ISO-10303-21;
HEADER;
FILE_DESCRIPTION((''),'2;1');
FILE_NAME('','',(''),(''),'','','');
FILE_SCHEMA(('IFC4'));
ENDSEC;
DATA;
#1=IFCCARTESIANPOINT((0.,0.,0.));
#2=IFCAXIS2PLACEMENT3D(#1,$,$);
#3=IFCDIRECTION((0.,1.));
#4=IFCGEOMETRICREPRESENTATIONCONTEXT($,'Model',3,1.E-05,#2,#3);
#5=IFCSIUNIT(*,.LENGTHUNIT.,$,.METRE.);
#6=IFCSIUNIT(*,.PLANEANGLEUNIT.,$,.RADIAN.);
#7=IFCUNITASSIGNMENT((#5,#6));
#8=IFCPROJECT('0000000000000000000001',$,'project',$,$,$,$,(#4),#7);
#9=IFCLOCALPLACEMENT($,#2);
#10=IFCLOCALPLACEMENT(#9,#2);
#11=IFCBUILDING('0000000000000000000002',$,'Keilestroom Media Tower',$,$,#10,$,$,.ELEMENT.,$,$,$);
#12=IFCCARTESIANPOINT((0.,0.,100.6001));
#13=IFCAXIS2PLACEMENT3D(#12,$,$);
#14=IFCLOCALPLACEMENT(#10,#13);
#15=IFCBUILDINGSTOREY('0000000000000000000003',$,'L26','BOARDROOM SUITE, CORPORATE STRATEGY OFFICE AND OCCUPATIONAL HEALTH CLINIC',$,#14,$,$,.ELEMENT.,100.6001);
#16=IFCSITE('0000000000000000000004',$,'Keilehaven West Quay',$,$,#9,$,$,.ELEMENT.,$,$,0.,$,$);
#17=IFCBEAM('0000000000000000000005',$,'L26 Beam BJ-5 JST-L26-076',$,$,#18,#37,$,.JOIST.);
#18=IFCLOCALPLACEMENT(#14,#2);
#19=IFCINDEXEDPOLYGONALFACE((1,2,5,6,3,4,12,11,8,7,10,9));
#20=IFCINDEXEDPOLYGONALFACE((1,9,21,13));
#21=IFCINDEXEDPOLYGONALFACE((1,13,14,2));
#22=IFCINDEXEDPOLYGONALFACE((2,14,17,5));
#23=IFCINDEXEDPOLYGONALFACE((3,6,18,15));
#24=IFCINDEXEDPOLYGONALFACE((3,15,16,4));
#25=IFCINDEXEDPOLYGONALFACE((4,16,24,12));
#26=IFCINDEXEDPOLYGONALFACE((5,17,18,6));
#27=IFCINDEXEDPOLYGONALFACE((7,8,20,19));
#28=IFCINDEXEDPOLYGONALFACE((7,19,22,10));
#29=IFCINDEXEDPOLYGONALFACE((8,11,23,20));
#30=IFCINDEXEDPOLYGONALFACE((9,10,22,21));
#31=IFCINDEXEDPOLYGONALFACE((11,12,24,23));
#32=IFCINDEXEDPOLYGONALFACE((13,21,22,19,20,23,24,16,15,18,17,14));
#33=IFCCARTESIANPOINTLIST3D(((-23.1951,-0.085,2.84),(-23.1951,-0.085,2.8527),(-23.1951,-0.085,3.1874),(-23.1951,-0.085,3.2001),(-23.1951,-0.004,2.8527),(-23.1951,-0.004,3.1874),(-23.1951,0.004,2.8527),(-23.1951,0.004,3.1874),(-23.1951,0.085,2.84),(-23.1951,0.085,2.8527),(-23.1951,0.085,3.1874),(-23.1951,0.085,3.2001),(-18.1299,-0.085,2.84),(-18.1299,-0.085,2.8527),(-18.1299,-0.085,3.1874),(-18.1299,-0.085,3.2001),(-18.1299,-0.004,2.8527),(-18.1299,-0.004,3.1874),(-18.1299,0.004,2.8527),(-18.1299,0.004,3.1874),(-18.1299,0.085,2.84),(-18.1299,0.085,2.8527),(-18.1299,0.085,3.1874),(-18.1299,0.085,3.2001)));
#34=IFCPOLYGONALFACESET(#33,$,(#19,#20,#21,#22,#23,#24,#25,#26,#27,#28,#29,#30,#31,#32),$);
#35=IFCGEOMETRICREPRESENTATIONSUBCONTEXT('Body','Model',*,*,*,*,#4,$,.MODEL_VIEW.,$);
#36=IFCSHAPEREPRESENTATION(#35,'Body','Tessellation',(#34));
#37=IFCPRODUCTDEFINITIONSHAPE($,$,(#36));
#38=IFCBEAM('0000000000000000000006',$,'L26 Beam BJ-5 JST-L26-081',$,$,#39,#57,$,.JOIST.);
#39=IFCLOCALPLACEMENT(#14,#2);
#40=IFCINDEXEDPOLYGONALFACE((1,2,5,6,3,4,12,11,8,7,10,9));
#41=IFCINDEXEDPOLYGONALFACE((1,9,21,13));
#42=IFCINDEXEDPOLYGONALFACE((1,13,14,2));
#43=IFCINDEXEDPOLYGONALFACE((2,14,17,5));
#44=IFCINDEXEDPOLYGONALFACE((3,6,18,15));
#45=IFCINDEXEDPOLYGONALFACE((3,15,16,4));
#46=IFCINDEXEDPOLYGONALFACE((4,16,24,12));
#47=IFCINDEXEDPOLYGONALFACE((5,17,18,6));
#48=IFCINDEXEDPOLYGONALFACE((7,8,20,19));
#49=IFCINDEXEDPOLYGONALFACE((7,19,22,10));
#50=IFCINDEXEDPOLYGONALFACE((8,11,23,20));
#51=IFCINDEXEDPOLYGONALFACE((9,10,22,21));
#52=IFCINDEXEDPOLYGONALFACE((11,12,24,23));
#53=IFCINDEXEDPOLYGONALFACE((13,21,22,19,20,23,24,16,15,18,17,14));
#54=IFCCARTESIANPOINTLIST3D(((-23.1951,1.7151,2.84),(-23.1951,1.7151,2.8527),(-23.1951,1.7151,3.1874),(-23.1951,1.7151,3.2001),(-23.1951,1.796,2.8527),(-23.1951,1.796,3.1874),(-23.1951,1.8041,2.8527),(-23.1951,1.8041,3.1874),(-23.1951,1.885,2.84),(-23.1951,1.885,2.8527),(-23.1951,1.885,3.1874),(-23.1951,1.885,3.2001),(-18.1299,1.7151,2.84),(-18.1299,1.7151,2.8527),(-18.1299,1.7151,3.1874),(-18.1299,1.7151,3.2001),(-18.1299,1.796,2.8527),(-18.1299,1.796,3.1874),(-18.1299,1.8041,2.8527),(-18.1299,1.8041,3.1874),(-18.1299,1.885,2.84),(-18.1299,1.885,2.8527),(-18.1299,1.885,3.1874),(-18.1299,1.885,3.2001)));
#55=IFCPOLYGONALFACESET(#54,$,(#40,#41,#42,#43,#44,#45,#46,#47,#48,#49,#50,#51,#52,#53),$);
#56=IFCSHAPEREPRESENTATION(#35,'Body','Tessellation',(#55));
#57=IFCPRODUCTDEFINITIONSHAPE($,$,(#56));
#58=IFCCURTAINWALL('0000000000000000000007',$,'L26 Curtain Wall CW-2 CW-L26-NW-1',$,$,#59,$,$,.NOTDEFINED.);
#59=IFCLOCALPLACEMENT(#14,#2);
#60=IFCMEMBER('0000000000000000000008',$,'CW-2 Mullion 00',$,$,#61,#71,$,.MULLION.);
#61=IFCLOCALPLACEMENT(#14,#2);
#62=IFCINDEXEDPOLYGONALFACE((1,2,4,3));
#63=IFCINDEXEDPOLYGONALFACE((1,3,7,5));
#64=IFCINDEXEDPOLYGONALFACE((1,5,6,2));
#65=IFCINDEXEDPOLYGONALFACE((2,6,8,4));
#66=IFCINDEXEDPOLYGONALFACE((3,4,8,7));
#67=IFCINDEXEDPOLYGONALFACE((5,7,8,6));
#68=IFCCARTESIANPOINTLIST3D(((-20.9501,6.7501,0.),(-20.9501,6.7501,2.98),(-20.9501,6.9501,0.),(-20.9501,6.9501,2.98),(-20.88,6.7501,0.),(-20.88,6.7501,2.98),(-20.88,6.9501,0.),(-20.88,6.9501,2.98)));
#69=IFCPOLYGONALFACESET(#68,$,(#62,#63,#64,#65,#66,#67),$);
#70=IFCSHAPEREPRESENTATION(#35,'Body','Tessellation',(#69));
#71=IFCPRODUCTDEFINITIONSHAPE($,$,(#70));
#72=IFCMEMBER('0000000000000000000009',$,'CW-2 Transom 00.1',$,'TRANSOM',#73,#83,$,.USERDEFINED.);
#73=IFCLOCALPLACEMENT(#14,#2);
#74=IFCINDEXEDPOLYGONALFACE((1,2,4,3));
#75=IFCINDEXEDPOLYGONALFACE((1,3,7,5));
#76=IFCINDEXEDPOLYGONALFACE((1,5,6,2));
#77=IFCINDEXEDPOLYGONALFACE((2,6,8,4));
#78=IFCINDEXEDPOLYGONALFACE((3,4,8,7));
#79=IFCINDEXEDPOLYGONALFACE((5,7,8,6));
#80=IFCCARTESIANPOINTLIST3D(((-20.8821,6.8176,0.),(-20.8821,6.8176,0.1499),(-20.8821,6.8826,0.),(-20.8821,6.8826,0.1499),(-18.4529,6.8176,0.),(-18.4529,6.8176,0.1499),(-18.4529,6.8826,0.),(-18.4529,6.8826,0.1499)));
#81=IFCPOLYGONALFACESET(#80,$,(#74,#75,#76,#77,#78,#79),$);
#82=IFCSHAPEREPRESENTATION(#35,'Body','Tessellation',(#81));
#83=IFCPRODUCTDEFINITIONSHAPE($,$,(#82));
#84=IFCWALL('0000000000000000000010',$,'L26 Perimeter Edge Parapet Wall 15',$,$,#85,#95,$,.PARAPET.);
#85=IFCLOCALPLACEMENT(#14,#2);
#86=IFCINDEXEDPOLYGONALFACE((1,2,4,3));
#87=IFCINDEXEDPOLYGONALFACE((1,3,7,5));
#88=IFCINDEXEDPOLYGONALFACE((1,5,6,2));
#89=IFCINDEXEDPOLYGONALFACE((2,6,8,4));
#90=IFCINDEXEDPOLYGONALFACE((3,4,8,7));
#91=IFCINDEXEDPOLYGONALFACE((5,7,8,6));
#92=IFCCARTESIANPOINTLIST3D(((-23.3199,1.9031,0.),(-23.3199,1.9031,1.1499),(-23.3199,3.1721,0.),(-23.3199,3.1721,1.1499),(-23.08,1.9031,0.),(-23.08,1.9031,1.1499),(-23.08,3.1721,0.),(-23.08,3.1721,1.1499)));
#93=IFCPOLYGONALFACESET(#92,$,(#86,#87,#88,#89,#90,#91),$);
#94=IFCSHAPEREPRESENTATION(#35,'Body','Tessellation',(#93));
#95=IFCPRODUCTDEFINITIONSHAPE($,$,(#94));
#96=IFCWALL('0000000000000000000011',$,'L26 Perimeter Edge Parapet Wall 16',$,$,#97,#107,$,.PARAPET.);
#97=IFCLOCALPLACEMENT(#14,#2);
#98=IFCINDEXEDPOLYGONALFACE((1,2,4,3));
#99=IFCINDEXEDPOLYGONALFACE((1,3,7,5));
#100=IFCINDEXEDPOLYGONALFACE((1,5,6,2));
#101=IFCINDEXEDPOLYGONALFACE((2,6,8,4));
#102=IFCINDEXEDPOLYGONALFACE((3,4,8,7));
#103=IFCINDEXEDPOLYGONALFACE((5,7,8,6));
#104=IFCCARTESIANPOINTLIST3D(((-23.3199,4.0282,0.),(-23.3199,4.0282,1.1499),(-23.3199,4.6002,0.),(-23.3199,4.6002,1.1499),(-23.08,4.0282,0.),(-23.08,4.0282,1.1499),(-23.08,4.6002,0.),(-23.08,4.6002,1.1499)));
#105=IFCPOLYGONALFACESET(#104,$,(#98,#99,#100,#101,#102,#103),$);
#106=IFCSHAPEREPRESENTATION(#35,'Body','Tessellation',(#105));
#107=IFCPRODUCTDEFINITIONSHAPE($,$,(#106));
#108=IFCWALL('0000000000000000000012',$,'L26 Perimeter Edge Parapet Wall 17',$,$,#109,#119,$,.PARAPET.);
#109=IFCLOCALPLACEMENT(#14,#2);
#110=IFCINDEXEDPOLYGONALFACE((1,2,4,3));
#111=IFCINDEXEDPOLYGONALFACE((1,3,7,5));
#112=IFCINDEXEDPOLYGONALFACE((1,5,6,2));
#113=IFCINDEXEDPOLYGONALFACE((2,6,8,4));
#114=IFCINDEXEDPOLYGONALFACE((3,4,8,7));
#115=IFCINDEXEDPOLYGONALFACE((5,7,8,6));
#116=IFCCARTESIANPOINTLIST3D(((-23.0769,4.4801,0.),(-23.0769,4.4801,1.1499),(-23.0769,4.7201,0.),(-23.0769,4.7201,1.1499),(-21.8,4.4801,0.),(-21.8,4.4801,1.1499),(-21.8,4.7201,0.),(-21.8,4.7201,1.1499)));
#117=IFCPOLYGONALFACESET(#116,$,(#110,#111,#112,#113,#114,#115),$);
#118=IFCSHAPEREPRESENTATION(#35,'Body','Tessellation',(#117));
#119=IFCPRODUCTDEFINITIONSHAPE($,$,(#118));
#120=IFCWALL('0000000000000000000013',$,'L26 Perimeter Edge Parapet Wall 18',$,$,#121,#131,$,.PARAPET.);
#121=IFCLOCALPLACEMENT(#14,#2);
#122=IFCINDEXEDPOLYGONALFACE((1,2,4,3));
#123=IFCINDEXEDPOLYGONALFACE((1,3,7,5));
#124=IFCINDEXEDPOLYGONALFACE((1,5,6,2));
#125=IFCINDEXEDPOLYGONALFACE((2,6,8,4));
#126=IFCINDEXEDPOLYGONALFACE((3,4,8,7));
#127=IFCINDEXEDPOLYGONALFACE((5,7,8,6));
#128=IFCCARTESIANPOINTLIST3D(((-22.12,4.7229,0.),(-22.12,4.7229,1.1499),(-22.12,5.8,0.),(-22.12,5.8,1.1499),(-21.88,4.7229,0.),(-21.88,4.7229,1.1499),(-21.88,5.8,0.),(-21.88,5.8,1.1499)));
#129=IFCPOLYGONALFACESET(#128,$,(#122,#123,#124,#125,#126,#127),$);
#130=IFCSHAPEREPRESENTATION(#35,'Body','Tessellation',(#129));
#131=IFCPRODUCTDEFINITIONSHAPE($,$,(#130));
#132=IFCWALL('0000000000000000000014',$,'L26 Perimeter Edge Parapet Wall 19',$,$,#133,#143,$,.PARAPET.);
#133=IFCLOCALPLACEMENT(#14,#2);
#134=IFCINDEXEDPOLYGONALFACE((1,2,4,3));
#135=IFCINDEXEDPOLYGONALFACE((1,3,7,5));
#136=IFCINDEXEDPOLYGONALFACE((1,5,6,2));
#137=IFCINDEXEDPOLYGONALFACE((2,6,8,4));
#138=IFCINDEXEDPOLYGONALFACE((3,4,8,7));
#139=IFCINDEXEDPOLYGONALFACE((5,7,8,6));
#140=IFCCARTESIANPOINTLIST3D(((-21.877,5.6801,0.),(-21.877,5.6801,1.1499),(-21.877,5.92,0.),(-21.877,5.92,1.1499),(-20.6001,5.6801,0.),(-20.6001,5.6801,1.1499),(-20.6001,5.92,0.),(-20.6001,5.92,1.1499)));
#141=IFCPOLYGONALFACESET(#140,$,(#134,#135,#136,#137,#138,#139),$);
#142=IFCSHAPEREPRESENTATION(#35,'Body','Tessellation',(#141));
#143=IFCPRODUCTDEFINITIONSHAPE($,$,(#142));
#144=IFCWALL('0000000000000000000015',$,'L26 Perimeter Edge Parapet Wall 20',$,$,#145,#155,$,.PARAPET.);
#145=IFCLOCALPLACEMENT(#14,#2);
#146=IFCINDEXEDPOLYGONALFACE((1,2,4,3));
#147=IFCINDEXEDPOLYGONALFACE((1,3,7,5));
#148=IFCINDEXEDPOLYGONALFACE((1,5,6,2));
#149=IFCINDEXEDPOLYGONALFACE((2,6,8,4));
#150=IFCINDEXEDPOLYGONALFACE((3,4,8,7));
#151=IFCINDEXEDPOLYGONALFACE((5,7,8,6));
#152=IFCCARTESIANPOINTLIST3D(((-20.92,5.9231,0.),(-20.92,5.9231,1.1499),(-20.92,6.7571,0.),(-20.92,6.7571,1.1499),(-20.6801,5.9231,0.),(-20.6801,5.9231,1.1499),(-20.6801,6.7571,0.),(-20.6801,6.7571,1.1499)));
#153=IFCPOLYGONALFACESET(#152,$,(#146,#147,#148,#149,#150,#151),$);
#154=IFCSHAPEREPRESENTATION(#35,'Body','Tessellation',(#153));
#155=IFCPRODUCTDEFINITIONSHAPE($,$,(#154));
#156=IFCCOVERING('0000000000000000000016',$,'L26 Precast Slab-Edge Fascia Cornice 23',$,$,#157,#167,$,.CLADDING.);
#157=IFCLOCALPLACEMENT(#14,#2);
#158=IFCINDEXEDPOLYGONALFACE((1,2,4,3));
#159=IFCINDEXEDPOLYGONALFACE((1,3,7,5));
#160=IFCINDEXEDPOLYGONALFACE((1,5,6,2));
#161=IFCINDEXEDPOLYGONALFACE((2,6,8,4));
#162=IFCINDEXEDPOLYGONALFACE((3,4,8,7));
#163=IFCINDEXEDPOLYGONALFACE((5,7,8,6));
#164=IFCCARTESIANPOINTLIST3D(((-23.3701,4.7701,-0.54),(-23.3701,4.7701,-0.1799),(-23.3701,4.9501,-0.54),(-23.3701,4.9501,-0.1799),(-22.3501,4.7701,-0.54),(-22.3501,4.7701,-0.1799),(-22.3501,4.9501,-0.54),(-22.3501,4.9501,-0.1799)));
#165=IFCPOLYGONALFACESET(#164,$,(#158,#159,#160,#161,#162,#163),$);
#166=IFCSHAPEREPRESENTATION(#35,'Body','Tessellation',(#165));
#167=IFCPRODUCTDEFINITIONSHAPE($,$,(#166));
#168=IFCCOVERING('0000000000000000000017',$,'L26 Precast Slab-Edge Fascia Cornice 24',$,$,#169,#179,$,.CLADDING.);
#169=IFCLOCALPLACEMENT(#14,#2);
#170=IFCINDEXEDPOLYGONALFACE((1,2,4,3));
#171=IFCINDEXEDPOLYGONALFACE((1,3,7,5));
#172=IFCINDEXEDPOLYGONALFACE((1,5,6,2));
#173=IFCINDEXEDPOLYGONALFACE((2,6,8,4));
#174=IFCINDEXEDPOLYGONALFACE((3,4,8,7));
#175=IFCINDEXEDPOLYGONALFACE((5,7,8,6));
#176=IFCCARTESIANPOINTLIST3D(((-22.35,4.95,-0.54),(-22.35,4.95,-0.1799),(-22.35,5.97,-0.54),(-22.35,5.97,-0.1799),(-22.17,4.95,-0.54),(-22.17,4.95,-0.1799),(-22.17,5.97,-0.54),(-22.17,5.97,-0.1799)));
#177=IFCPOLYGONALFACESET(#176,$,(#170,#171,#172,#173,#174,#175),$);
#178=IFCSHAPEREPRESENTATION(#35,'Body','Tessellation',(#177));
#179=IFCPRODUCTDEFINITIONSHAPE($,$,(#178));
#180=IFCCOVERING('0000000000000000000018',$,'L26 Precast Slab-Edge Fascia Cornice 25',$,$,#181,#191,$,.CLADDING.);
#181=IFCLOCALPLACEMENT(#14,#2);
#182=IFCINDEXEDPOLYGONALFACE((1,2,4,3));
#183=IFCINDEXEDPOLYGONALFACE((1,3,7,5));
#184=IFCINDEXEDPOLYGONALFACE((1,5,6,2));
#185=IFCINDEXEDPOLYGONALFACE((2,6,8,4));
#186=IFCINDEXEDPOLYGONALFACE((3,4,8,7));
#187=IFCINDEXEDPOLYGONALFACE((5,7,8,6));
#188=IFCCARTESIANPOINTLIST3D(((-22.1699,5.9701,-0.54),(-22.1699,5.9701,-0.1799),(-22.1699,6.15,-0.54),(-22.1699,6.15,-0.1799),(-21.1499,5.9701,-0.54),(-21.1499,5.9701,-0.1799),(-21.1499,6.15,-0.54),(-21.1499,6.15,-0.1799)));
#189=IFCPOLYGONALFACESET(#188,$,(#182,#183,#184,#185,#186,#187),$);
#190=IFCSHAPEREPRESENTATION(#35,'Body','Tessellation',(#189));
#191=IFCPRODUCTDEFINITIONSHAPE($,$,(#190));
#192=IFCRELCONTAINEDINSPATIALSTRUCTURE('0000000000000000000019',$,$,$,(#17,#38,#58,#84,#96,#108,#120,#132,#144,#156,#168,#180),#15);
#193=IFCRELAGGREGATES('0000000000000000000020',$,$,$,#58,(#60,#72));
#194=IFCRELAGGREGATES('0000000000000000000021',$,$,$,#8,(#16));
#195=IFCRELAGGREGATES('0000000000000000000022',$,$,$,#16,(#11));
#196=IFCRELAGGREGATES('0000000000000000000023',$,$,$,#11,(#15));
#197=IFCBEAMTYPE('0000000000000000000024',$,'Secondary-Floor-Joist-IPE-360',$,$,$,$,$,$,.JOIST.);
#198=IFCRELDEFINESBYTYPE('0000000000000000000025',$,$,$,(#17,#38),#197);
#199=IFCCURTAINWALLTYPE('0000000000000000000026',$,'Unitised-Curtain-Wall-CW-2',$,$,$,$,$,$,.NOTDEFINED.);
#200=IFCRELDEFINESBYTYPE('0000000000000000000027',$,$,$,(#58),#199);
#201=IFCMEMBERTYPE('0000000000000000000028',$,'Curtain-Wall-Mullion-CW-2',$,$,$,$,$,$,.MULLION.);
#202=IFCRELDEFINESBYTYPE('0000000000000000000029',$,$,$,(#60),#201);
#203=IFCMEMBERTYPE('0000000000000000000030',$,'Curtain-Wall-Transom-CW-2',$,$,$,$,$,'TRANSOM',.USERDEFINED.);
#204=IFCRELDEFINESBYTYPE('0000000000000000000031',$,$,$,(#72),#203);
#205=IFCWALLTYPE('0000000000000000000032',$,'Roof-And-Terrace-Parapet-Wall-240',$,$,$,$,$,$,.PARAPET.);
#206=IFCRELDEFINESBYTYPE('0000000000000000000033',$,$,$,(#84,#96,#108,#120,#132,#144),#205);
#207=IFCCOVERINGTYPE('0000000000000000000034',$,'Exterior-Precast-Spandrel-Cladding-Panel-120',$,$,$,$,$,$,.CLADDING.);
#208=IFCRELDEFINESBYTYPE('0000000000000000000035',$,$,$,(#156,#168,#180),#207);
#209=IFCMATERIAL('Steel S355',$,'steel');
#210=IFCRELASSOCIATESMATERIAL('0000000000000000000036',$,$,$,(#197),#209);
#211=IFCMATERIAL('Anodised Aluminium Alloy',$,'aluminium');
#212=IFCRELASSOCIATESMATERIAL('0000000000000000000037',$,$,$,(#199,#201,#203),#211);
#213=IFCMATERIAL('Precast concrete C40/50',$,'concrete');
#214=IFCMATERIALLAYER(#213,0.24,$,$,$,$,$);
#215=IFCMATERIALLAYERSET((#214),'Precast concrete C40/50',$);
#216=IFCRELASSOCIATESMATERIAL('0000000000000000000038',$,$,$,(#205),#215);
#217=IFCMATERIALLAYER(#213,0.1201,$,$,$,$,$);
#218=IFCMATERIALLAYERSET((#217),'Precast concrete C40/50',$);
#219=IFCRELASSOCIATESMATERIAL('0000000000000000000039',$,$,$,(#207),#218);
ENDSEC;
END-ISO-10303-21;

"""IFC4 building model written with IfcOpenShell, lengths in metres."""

from ifc_helpers import new_model, si_unit, direction, frame, frame_2d, origin, origin_2d, place, context, subcontext, project, spatial, rectangle, i_section, extrude, source, transform, mapped, material, layer, layer_set, material_profile, profile_set, type_object, element, aggregate, save


model = new_model("IFC4")

# Units and contexts
model_context = context("Model", 3, precision=1e-05, world=origin(), true_north=direction((0.0, 1.0)))
body_context = subcontext(model_context, "Body", "Model", "MODEL_VIEW")
ifc_project = project(units=[si_unit("LENGTHUNIT", "METRE"), si_unit("PLANEANGLEUNIT", "RADIAN")], contexts=[model_context])

# Site, building, storey
site_placement = place(None, origin())
site = spatial("IfcSite", under=ifc_project, at=site_placement, Name="Keilehaven West Quay", CompositionType="ELEMENT", RefElevation=0.0)
building_placement = place(site_placement, origin())
building = spatial("IfcBuilding", under=site, at=building_placement, Name="Keilestroom Media Tower", CompositionType="ELEMENT")
storey_placement = place(building_placement, frame((0.0, 0.0, 100.6001)))
storey = spatial("IfcBuildingStorey", under=building, at=storey_placement, Name="L26", Description="BOARDROOM SUITE, CORPORATE STRATEGY OFFICE AND OCCUPATIONAL HEALTH CLINIC", CompositionType="ELEMENT", Elevation=100.6001)

# Shared definitions
ifc_material_1 = material(Name="Precast concrete C40/50", Category="concrete")
ifc_material_2 = material(Name="Steel S355", Category="steel")

# Beams
ifc_material_profile_1 = material_profile(ifc_material_2, i_section(OverallWidth=0.1699, OverallDepth=0.3601, WebThickness=0.0081, FlangeThickness=0.0127, at=origin_2d()), Name="IPE 360")
ifc_profile_set_1 = profile_set([ifc_material_profile_1], Name="Steel S355")
beam_type_1 = type_object("IfcBeamType", Name="Secondary-Floor-Joist-IPE-360", PredefinedType="JOIST", material=ifc_profile_set_1)
shared_shape_1 = source(origin(), body_context, "Body", "SweptSolid", [
    extrude(i_section(OverallWidth=0.1699, OverallDepth=0.3601, WebThickness=0.0081, FlangeThickness=0.0127, at=origin_2d()), origin(), (0.0, 0.0, 1.0), 5.0652),
])
for number, where, z_axis, x_axis, name in (
    (1, (-23.1951, 0.0, 3.02), (1.0, 0.0, 0.0), (0.0, 1.0, 0.0), "L26 Beam BJ-5 JST-L26-076"),
    (2, (-23.1951, 1.8, 3.02), (1.0, 0.0, 0.0), (0.0, 1.0, 0.0), "L26 Beam BJ-5 JST-L26-081"),
):
    element("IfcBeam", number, at=place(storey_placement, frame(where, z_axis=z_axis, x_axis=x_axis)), inside=storey, type_object=beam_type_1, Name=name, PredefinedType="JOIST", context=body_context, shape_type="MappedRepresentation", body=[
        mapped(shared_shape_1, transform((0.0, 0.0, 0.0), x_axis=(1.0, 0.0, 0.0), y_axis=(0.0, 1.0, 0.0), z_axis=(0.0, 0.0, 1.0), scale=1.0)),
    ])

# Curtain wall, members
ifc_material_3 = material(Name="Anodised Aluminium Alloy", Category="aluminium")
curtain_wall_type = type_object("IfcCurtainWallType", Name="Unitised-Curtain-Wall-CW-2", PredefinedType="NOTDEFINED", material=ifc_material_3)
curtain_wall_placement = place(storey_placement, origin())
curtain_wall = element("IfcCurtainWall", 3, at=curtain_wall_placement, inside=storey, type_object=curtain_wall_type, Name="L26 Curtain Wall CW-2 CW-L26-NW-1", PredefinedType="NOTDEFINED")
ifc_material_profile_2 = material_profile(ifc_material_3, rectangle(XDim=0.0701, YDim=0.2, at=origin_2d()), Name="ALU MULLION 70x200")
ifc_profile_set_2 = profile_set([ifc_material_profile_2], Name="Anodised Aluminium Alloy")
member_type_1 = type_object("IfcMemberType", Name="Curtain-Wall-Mullion-CW-2", PredefinedType="MULLION", material=ifc_profile_set_2)
shared_shape_2 = source(origin(), body_context, "Body", "SweptSolid", [
    extrude(rectangle(XDim=0.0701, YDim=0.2, at=origin_2d()), origin(), (0.0, 0.0, 1.0), 2.98),
])
member_1_placement = place(storey_placement, frame((-20.915, 6.8501, 0.0), z_axis=(0.0, 0.0, 1.0), x_axis=(1.0, 0.0, 0.0)))
member_1 = element("IfcMember", 4, at=member_1_placement, type_object=member_type_1, Name="CW-2 Mullion 00", PredefinedType="MULLION", context=body_context, shape_type="MappedRepresentation", body=[
    mapped(shared_shape_2, transform((0.0, 0.0, 0.0), x_axis=(1.0, 0.0, 0.0), y_axis=(0.0, 1.0, 0.0), z_axis=(0.0, 0.0, 1.0), scale=1.0)),
])
ifc_material_profile_3 = material_profile(ifc_material_3, rectangle(XDim=0.0649, YDim=0.1499, at=origin_2d()), Name="ALU TRANSOM 65x150")
ifc_profile_set_3 = profile_set([ifc_material_profile_3], Name="Anodised Aluminium Alloy")
member_type_2 = type_object("IfcMemberType", Name="Curtain-Wall-Transom-CW-2", ElementType="TRANSOM", PredefinedType="USERDEFINED", material=ifc_profile_set_3)
shared_shape_3 = source(origin(), body_context, "Body", "SweptSolid", [
    extrude(rectangle(XDim=0.0649, YDim=0.1499, at=origin_2d()), origin(), (0.0, 0.0, 1.0), 2.4292),
])
member_2_placement = place(storey_placement, frame((-20.8821, 6.8501, 0.075), z_axis=(1.0, 0.0, 0.0), x_axis=(0.0, 1.0, 0.0)))
member_2 = element("IfcMember", 5, at=member_2_placement, type_object=member_type_2, Name="CW-2 Transom 00.1", ObjectType="TRANSOM", PredefinedType="USERDEFINED", context=body_context, shape_type="MappedRepresentation", body=[
    mapped(shared_shape_3, transform((0.0, 0.0, 0.0), x_axis=(1.0, 0.0, 0.0), y_axis=(0.0, 1.0, 0.0), z_axis=(0.0, 0.0, 1.0), scale=1.0)),
])
aggregate(curtain_wall, [member_1, member_2])

# Walls
ifc_layer_1 = layer(ifc_material_1, 0.24)
ifc_layer_set_1 = layer_set([ifc_layer_1], Name="Precast concrete C40/50")
wall_type = type_object("IfcWallType", Name="Roof-And-Terrace-Parapet-Wall-240", PredefinedType="PARAPET", material=ifc_layer_set_1)
wall_1_placement = place(storey_placement, frame((-23.2, 1.9031, 0.0), z_axis=(0.0, 0.0, 1.0), x_axis=(0.0, 1.0, 0.0)))
element("IfcWall", 6, at=wall_1_placement, inside=storey, type_object=wall_type, Name="L26 Perimeter Edge Parapet Wall 15", PredefinedType="PARAPET", context=body_context, shape_type="SweptSolid", body=[
    extrude(rectangle(XDim=1.269, YDim=0.24, at=frame_2d((0.6345, 0.0))), origin(), (0.0, 0.0, 1.0), 1.1499),
])
wall_2_placement = place(storey_placement, frame((-23.2, 4.0281, 0.0), z_axis=(0.0, 0.0, 1.0), x_axis=(0.0, 1.0, 0.0)))
element("IfcWall", 7, at=wall_2_placement, inside=storey, type_object=wall_type, Name="L26 Perimeter Edge Parapet Wall 16", PredefinedType="PARAPET", context=body_context, shape_type="SweptSolid", body=[
    extrude(rectangle(XDim=0.572, YDim=0.24, at=frame_2d((0.2861, 0.0))), origin(), (0.0, 0.0, 1.0), 1.1499),
])
wall_3_placement = place(storey_placement, frame((-23.0769, 4.6001, 0.0), z_axis=(0.0, 0.0, 1.0), x_axis=(1.0, 0.0, 0.0)))
element("IfcWall", 8, at=wall_3_placement, inside=storey, type_object=wall_type, Name="L26 Perimeter Edge Parapet Wall 17", PredefinedType="PARAPET", context=body_context, shape_type="SweptSolid", body=[
    extrude(rectangle(XDim=1.2769, YDim=0.24, at=frame_2d((0.6384, 0.0))), origin(), (0.0, 0.0, 1.0), 1.1499),
])
wall_4_placement = place(storey_placement, frame((-22.0, 4.7229, 0.0), z_axis=(0.0, 0.0, 1.0), x_axis=(0.0, 1.0, 0.0)))
element("IfcWall", 9, at=wall_4_placement, inside=storey, type_object=wall_type, Name="L26 Perimeter Edge Parapet Wall 18", PredefinedType="PARAPET", context=body_context, shape_type="SweptSolid", body=[
    extrude(rectangle(XDim=1.0771, YDim=0.24, at=frame_2d((0.5386, 0.0))), origin(), (0.0, 0.0, 1.0), 1.1499),
])
wall_5_placement = place(storey_placement, frame((-21.877, 5.8, 0.0), z_axis=(0.0, 0.0, 1.0), x_axis=(1.0, 0.0, 0.0)))
element("IfcWall", 10, at=wall_5_placement, inside=storey, type_object=wall_type, Name="L26 Perimeter Edge Parapet Wall 19", PredefinedType="PARAPET", context=body_context, shape_type="SweptSolid", body=[
    extrude(rectangle(XDim=1.2769, YDim=0.24, at=frame_2d((0.6384, 0.0))), origin(), (0.0, 0.0, 1.0), 1.1499),
])
wall_6_placement = place(storey_placement, frame((-20.8, 5.9231, 0.0), z_axis=(0.0, 0.0, 1.0), x_axis=(0.0, 1.0, 0.0)))
element("IfcWall", 11, at=wall_6_placement, inside=storey, type_object=wall_type, Name="L26 Perimeter Edge Parapet Wall 20", PredefinedType="PARAPET", context=body_context, shape_type="SweptSolid", body=[
    extrude(rectangle(XDim=0.834, YDim=0.24, at=frame_2d((0.417, 0.0))), origin(), (0.0, 0.0, 1.0), 1.1499),
])

# Coverings
ifc_layer_2 = layer(ifc_material_1, 0.1201)
ifc_layer_set_2 = layer_set([ifc_layer_2], Name="Precast concrete C40/50")
covering_type = type_object("IfcCoveringType", Name="Exterior-Precast-Spandrel-Cladding-Panel-120", PredefinedType="CLADDING", material=ifc_layer_set_2)
shared_shape_4 = source(origin(), body_context, "Body", "SweptSolid", [
    extrude(rectangle(XDim=1.02, YDim=0.1799, at=origin_2d()), origin(), (0.0, 0.0, 1.0), 0.3601),
])
for number, where, z_axis, x_axis, name in (
    (12, (-22.8601, 4.8601, -0.54), (0.0, 0.0, 1.0), (1.0, 0.0, 0.0), "L26 Precast Slab-Edge Fascia Cornice 23"),
    (13, (-22.26, 5.46, -0.54), (0.0, 0.0, 1.0), (0.0, 1.0, 0.0), "L26 Precast Slab-Edge Fascia Cornice 24"),
    (14, (-21.6599, 6.0601, -0.54), (0.0, 0.0, 1.0), (1.0, 0.0, 0.0), "L26 Precast Slab-Edge Fascia Cornice 25"),
):
    element("IfcCovering", number, at=place(storey_placement, frame(where, z_axis=z_axis, x_axis=x_axis)), inside=storey, type_object=covering_type, Name=name, PredefinedType="CLADDING", context=body_context, shape_type="MappedRepresentation", body=[
        mapped(shared_shape_4, transform((0.0, 0.0, 0.0), x_axis=(1.0, 0.0, 0.0), y_axis=(0.0, 1.0, 0.0), z_axis=(0.0, 0.0, 1.0), scale=1.0)),
    ])

save(model, "model.ifc")
